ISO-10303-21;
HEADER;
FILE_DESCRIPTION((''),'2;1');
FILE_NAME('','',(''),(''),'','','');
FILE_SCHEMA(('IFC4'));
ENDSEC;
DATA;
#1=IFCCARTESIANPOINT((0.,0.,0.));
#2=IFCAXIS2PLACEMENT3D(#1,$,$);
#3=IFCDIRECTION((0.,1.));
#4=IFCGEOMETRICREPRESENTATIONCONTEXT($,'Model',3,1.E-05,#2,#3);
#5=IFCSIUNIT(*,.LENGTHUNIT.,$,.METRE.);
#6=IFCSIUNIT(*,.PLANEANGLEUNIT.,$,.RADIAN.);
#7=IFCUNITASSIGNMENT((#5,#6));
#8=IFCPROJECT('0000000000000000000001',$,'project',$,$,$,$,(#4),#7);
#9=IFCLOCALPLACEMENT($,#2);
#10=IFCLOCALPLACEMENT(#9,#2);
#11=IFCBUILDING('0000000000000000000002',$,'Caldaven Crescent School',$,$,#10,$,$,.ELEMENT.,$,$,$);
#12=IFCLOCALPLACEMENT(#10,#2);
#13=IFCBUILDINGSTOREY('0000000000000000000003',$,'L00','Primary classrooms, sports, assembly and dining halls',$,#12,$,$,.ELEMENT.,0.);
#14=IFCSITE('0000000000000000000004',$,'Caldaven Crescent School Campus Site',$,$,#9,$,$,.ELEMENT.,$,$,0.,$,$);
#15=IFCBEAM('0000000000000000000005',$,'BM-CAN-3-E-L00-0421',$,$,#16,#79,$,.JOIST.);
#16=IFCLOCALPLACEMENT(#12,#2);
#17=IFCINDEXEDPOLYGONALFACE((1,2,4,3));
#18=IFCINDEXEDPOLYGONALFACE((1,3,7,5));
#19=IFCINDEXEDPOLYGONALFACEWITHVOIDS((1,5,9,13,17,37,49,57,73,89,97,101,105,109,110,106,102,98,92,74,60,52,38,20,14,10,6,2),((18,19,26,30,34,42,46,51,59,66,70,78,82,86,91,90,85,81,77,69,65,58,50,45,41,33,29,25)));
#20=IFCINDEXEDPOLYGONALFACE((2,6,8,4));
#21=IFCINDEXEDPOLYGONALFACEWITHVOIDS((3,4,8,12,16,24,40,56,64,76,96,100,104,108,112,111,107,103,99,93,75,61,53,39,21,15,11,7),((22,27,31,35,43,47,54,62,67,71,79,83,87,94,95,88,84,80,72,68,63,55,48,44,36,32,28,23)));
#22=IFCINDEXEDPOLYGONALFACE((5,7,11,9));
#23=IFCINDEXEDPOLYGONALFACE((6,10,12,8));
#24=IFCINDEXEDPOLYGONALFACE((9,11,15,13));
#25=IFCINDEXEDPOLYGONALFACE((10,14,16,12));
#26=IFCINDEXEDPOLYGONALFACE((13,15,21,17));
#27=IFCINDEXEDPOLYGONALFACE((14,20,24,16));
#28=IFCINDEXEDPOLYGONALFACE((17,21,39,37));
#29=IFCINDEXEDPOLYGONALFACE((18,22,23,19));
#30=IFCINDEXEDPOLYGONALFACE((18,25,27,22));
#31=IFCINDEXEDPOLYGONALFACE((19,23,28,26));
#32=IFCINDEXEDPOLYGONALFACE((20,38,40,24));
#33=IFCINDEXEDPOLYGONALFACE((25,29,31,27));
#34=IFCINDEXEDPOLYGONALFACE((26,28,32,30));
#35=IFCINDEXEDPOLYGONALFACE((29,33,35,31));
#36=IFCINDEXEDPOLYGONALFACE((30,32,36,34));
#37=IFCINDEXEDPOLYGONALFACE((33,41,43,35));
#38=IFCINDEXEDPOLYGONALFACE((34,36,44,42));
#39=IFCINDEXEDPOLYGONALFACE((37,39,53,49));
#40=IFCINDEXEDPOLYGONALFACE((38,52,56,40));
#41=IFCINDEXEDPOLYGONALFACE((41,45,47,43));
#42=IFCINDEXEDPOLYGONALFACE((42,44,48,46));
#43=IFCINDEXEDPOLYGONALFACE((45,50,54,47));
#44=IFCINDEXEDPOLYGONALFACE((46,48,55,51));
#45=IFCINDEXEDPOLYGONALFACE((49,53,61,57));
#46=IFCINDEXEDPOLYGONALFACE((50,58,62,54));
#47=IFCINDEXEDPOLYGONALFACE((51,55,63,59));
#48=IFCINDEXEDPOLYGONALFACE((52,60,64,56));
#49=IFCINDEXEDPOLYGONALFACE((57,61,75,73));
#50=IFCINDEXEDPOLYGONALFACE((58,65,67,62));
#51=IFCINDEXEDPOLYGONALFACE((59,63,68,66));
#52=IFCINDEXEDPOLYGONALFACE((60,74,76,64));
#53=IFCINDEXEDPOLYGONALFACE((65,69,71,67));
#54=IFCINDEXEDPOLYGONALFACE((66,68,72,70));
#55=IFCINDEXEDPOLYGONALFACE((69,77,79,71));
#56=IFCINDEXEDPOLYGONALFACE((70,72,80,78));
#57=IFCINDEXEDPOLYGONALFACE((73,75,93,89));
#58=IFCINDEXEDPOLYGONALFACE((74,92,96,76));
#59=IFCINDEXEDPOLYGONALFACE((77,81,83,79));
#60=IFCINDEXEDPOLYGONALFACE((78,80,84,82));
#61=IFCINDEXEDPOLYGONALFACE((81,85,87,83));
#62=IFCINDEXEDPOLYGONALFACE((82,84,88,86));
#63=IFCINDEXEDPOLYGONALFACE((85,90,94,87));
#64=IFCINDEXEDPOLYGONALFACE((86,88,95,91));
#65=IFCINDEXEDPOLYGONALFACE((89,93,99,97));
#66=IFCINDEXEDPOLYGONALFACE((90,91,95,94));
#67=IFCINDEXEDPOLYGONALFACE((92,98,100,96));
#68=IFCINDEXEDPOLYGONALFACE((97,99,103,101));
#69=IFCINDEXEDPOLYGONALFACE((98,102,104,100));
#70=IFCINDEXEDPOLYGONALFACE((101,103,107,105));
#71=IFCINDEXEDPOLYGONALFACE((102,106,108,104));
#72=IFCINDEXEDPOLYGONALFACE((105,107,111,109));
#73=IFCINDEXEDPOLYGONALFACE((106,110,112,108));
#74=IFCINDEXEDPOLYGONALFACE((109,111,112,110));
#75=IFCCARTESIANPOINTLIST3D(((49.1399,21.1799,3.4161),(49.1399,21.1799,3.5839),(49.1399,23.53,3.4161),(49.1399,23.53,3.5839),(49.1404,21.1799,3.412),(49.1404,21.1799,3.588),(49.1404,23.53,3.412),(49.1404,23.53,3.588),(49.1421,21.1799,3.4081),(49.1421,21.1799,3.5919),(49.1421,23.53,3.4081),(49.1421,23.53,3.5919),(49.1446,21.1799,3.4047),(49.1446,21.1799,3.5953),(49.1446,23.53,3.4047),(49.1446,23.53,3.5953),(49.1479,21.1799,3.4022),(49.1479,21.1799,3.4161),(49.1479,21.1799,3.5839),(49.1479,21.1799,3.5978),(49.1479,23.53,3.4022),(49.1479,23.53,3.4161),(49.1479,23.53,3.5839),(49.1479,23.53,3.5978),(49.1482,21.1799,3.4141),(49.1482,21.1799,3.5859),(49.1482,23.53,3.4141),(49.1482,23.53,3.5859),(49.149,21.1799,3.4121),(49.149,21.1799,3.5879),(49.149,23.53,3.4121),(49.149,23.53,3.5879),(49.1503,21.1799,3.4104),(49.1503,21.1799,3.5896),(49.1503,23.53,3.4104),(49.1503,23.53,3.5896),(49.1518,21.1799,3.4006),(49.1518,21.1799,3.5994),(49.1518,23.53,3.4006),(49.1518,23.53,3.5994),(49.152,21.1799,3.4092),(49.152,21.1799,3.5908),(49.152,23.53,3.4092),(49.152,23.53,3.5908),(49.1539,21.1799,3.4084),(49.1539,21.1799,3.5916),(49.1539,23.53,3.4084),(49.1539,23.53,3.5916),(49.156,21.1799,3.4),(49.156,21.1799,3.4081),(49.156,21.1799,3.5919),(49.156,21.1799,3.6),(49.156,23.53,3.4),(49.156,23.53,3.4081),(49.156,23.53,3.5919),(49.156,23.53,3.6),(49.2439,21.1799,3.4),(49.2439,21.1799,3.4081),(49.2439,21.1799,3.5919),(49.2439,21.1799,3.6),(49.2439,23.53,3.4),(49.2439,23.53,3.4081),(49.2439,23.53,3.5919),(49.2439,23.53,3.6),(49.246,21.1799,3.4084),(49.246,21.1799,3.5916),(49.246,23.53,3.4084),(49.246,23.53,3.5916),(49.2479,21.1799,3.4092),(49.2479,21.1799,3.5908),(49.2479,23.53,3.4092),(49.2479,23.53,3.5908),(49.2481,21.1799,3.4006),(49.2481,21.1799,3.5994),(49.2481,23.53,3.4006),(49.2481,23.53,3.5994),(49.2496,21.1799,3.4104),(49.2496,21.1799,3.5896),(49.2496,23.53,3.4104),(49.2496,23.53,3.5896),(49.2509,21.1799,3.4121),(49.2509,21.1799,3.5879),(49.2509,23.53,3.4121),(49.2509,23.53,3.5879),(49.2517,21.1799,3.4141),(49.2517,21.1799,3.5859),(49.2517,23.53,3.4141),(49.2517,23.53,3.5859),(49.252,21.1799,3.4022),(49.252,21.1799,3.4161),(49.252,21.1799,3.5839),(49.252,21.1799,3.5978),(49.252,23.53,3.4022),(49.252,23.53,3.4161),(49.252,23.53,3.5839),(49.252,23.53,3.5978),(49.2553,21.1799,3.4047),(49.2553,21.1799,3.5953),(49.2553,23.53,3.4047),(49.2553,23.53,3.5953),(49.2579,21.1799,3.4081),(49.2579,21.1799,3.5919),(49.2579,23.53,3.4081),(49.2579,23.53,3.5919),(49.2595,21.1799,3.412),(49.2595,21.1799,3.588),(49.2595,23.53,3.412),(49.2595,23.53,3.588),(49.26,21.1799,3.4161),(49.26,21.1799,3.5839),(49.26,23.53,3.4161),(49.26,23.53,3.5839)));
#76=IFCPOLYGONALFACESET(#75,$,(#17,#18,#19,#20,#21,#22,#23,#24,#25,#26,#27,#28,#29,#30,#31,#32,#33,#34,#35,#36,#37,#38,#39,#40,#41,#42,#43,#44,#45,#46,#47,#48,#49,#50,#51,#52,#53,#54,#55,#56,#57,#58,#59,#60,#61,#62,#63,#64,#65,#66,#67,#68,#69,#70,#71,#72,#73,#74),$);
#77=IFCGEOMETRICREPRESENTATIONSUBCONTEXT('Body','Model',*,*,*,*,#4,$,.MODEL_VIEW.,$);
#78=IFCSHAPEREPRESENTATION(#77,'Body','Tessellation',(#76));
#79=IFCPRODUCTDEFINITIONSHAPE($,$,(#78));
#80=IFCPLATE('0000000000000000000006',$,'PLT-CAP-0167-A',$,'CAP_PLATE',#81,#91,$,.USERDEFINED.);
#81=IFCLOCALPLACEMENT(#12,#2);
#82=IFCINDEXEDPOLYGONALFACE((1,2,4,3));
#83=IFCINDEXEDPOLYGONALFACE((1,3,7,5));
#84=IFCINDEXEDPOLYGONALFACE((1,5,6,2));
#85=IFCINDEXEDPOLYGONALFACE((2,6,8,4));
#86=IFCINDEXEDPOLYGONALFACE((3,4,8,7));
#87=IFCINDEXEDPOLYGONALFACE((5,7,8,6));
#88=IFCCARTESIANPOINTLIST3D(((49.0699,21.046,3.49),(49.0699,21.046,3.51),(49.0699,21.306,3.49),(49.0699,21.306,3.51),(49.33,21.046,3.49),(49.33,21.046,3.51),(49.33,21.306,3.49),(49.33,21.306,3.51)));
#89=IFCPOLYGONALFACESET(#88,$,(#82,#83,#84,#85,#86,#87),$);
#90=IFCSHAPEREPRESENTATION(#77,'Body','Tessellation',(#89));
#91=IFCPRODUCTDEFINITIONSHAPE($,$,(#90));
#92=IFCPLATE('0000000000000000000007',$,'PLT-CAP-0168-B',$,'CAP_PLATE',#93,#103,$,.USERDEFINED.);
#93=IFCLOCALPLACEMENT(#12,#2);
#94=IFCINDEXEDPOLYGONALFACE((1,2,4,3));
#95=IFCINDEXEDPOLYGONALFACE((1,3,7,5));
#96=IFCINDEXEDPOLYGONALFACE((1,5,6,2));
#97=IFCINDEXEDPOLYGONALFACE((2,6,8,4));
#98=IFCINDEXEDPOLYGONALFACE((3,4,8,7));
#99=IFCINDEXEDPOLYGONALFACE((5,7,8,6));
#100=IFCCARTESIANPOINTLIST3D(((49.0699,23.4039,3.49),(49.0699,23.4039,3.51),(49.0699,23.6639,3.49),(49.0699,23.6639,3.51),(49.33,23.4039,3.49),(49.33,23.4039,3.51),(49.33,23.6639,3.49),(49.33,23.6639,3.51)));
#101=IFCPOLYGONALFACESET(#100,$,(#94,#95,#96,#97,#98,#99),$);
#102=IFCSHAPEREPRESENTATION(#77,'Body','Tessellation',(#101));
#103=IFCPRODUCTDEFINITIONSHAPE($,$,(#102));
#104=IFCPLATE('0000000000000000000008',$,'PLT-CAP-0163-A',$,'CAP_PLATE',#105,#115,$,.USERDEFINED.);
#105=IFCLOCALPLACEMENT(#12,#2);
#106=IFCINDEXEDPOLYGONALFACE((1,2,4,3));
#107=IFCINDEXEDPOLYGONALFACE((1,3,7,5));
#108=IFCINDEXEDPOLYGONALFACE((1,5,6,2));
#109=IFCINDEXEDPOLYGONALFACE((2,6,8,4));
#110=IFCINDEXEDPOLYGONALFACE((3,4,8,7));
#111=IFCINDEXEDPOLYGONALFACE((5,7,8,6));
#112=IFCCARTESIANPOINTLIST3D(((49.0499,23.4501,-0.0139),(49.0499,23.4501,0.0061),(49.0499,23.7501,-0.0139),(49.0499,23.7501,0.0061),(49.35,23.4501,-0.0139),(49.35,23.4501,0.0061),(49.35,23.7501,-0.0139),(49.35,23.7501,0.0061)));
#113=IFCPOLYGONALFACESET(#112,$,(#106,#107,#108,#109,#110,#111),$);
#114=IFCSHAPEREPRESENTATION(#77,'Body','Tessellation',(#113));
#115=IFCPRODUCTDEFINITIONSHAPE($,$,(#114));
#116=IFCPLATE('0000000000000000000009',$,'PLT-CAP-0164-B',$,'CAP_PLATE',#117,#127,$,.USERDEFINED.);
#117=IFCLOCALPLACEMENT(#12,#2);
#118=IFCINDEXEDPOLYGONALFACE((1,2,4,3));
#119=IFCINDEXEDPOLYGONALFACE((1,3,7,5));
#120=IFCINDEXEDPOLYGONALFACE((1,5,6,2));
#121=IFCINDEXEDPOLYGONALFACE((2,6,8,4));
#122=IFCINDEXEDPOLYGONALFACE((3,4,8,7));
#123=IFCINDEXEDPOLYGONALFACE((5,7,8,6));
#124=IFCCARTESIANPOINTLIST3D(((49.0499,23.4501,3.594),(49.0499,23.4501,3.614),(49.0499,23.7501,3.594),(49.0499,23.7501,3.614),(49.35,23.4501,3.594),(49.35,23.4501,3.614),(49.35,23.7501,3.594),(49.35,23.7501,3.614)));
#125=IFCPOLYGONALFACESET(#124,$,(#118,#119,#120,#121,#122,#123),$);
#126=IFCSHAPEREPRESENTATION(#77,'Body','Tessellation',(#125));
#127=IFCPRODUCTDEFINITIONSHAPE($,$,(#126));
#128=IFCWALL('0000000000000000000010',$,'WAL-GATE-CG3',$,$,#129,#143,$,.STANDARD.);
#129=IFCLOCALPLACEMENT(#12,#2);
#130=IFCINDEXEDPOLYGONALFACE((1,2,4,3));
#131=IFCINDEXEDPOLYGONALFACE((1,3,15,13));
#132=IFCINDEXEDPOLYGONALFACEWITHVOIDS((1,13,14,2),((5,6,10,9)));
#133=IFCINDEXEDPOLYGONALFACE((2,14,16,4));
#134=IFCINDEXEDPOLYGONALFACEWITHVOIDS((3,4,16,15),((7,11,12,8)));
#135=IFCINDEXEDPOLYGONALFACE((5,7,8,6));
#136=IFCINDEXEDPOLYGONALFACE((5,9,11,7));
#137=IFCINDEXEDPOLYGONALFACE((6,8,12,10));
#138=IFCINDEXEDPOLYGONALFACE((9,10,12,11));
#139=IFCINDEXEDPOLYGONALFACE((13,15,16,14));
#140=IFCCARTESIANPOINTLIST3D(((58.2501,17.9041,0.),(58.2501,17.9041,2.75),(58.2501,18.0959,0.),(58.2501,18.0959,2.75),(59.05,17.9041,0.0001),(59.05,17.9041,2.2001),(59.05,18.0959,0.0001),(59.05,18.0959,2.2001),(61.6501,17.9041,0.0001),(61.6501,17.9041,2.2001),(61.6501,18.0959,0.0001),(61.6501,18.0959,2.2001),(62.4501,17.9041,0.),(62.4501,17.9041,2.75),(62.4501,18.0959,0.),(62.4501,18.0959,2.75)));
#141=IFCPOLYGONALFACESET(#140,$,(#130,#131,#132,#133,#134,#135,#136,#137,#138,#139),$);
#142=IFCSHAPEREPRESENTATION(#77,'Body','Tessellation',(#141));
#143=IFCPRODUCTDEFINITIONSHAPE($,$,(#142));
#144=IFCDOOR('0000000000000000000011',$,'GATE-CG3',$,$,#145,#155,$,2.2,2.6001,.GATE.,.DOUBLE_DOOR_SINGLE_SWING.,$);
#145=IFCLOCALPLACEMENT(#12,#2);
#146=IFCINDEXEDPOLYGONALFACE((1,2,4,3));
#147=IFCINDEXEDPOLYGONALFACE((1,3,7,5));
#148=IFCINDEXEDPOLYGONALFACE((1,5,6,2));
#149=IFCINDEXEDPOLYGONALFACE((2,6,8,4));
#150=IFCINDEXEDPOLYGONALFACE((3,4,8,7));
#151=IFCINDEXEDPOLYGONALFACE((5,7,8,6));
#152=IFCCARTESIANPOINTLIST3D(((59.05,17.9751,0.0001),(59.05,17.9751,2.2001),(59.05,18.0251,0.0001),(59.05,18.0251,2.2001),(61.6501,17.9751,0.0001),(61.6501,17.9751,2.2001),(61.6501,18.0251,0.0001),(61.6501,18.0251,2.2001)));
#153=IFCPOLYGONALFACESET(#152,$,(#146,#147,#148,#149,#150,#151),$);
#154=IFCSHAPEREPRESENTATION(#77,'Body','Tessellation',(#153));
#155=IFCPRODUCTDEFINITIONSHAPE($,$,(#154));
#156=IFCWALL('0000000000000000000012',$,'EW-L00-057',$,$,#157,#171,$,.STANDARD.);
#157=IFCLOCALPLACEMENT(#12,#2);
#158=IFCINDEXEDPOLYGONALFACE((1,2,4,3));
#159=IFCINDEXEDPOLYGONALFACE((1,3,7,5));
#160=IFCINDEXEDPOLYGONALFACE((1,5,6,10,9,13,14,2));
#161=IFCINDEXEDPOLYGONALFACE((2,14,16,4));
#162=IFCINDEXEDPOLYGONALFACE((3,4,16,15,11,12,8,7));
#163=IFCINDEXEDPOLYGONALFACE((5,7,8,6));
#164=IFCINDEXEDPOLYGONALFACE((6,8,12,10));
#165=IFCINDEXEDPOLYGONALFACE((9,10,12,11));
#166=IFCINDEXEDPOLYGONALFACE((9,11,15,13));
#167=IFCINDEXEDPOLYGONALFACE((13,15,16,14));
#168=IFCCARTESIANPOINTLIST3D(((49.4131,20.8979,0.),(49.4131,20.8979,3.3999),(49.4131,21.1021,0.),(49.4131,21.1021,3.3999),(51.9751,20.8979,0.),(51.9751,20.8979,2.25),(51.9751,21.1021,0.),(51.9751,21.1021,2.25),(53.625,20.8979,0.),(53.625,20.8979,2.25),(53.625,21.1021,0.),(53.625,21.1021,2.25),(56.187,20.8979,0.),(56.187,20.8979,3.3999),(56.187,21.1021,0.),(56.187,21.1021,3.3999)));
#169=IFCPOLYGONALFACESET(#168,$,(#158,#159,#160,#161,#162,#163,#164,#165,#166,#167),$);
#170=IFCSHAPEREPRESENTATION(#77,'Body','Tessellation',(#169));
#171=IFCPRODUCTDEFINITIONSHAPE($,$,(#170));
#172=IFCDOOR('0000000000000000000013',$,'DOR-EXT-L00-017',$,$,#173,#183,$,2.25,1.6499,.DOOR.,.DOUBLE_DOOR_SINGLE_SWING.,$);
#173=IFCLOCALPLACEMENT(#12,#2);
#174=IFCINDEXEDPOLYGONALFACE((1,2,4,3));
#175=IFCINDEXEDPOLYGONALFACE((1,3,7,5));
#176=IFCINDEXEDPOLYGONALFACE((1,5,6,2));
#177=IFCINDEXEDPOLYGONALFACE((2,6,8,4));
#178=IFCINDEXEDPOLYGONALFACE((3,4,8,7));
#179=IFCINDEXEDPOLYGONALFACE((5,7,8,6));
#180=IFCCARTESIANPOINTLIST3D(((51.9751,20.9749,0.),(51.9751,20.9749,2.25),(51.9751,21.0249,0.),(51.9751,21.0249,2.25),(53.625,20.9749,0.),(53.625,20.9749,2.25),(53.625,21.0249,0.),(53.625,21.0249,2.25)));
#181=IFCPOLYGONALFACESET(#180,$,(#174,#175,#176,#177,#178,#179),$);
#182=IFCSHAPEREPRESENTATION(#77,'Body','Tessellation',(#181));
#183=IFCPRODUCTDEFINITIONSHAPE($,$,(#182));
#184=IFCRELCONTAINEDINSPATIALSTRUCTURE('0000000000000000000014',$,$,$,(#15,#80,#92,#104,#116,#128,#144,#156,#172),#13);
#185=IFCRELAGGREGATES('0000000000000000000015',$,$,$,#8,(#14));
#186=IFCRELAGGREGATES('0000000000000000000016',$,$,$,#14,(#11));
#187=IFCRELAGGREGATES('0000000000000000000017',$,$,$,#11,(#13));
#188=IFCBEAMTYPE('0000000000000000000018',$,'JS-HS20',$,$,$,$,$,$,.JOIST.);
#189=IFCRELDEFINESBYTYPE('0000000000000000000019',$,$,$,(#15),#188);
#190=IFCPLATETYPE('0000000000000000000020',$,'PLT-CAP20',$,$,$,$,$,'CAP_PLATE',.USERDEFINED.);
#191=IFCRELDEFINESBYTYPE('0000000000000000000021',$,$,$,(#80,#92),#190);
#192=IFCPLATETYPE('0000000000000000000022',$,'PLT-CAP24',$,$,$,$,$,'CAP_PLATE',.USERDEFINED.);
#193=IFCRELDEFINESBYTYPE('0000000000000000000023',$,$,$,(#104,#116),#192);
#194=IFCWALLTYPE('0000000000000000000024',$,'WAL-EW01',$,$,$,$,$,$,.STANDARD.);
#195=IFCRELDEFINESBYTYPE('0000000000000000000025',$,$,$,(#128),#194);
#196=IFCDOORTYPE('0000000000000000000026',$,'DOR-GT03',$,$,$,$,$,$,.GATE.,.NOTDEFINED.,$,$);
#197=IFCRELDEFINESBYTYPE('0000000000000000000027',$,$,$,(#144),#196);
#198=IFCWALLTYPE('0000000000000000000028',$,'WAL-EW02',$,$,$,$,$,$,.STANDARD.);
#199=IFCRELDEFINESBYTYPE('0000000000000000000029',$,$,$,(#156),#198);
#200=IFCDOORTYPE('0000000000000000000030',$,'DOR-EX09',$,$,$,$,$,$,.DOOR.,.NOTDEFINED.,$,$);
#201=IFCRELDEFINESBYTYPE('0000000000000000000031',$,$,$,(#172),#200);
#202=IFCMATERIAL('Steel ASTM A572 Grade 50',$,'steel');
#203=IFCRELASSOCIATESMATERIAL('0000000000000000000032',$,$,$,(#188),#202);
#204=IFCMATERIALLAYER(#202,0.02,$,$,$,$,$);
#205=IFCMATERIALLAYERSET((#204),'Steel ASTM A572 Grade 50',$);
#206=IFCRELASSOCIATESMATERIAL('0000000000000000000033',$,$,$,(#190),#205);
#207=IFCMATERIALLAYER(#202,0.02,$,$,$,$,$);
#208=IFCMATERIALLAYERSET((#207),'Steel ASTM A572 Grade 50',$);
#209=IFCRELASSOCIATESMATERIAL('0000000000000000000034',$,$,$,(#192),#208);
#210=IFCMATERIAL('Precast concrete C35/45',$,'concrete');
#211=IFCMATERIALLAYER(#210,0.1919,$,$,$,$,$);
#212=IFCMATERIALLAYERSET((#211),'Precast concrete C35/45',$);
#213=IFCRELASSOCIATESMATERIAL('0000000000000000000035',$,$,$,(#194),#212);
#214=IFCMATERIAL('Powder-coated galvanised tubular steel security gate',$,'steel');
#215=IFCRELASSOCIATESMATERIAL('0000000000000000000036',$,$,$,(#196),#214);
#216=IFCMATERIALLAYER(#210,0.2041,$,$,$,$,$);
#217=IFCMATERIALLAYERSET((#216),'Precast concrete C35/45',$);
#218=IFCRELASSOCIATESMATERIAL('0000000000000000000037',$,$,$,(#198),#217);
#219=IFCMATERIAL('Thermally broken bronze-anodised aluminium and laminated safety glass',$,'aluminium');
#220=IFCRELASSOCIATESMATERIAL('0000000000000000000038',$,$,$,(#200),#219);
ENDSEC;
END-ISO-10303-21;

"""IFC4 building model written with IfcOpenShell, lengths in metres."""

from ifc_helpers import new_model, si_unit, direction, frame, frame_2d, origin, origin_2d, place, context, subcontext, project, spatial, rectangle, hollow_rectangle, extrude, material, layer, layer_set, material_profile, profile_set, type_object, element, fill, save


model = new_model("IFC4")

# Units and contexts
model_context = context("Model", 3, precision=1e-05, world=origin(), true_north=direction((0.0, 1.0)))
body_context = subcontext(model_context, "Body", "Model", "MODEL_VIEW")
ifc_project = project(units=[si_unit("LENGTHUNIT", "METRE"), si_unit("PLANEANGLEUNIT", "RADIAN")], contexts=[model_context])

# Site, building, storey
site_placement = place(None, origin())
site = spatial("IfcSite", under=ifc_project, at=site_placement, Name="Caldaven Crescent School Campus Site", CompositionType="ELEMENT", RefElevation=0.0)
building_placement = place(site_placement, origin())
building = spatial("IfcBuilding", under=site, at=building_placement, Name="Caldaven Crescent School", CompositionType="ELEMENT")
storey_placement = place(building_placement, origin())
storey = spatial("IfcBuildingStorey", under=building, at=storey_placement, Name="L00", Description="Primary classrooms, sports, assembly and dining halls", CompositionType="ELEMENT", Elevation=0.0)

# Shared definitions
ifc_material_1 = material(Name="Steel ASTM A572 Grade 50", Category="steel")

# Beam
ifc_material_profile_1 = material_profile(ifc_material_1, hollow_rectangle(XDim=0.1201, YDim=0.2, WallThickness=0.0081, InnerFilletRadius=0.0081, OuterFilletRadius=0.0161, at=origin_2d()), Name="HSS 120x200x8")
ifc_profile_set_1 = profile_set([ifc_material_profile_1], Name="Steel ASTM A572 Grade 50")
beam_type_1 = type_object("IfcBeamType", Name="JS-HS20", PredefinedType="JOIST", material=ifc_profile_set_1)
beam_1_placement = place(storey_placement, frame((49.2, 21.1799, 3.5), z_axis=(0.0, 1.0, 0.0), x_axis=(-1.0, 0.0, 0.0)))
element("IfcBeam", 1, at=beam_1_placement, inside=storey, type_object=beam_type_1, Name="BM-CAN-3-E-L00-0421", PredefinedType="JOIST", context=body_context, shape_type="SweptSolid", body=[
    extrude(hollow_rectangle(XDim=0.1201, YDim=0.2, WallThickness=0.0081, InnerFilletRadius=0.0081, OuterFilletRadius=0.0161, at=origin_2d()), origin(), (0.0, 0.0, 1.0), 2.3501),
])

# Plates
ifc_layer_1 = layer(ifc_material_1, 0.02)
ifc_layer_set_1 = layer_set([ifc_layer_1], Name="Steel ASTM A572 Grade 50")
plate_type_1 = type_object("IfcPlateType", Name="PLT-CAP20", ElementType="CAP_PLATE", PredefinedType="USERDEFINED", material=ifc_layer_set_1)
for number, where, z_axis, x_axis, name in (
    (2, (49.2, 21.176, 3.49), (0.0, 0.0, 1.0), (0.0, 1.0, 0.0), "PLT-CAP-0167-A"),
    (3, (49.2, 23.5339, 3.49), (0.0, 0.0, 1.0), (0.0, 1.0, 0.0), "PLT-CAP-0168-B"),
):
    element("IfcPlate", number, at=place(storey_placement, frame(where, z_axis=z_axis, x_axis=x_axis)), inside=storey, type_object=plate_type_1, Name=name, ObjectType="CAP_PLATE", PredefinedType="USERDEFINED", context=body_context, shape_type="SweptSolid", body=[
        extrude(rectangle(XDim=0.26, YDim=0.26, at=origin_2d()), origin(), (0.0, 0.0, 1.0), 0.02),
    ])
ifc_layer_2 = layer(ifc_material_1, 0.02)
ifc_layer_set_2 = layer_set([ifc_layer_2], Name="Steel ASTM A572 Grade 50")
plate_type_2 = type_object("IfcPlateType", Name="PLT-CAP24", ElementType="CAP_PLATE", PredefinedType="USERDEFINED", material=ifc_layer_set_2)
for number, where, z_axis, x_axis, name in (
    (4, (49.2, 23.6001, -0.0139), (0.0, 0.0, 1.0), (1.0, 0.0, 0.0), "PLT-CAP-0163-A"),
    (5, (49.2, 23.6001, 3.594), (0.0, 0.0, 1.0), (1.0, 0.0, 0.0), "PLT-CAP-0164-B"),
):
    element("IfcPlate", number, at=place(storey_placement, frame(where, z_axis=z_axis, x_axis=x_axis)), inside=storey, type_object=plate_type_2, Name=name, ObjectType="CAP_PLATE", PredefinedType="USERDEFINED", context=body_context, shape_type="SweptSolid", body=[
        extrude(rectangle(XDim=0.3, YDim=0.3, at=origin_2d()), origin(), (0.0, 0.0, 1.0), 0.02),
    ])

# Walls, openings, doors
ifc_material_2 = material(Name="Precast concrete C35/45", Category="concrete")
ifc_layer_3 = layer(ifc_material_2, 0.1919)
ifc_layer_set_3 = layer_set([ifc_layer_3], Name="Precast concrete C35/45")
wall_type_1 = type_object("IfcWallType", Name="WAL-EW01", PredefinedType="STANDARD", material=ifc_layer_set_3)
wall_1_placement = place(storey_placement, frame((58.25, 18.0, 0.0), z_axis=(0.0, 0.0, 1.0), x_axis=(1.0, 0.0, 0.0)))
wall_1 = element("IfcWall", 6, at=wall_1_placement, inside=storey, type_object=wall_type_1, Name="WAL-GATE-CG3", PredefinedType="STANDARD", context=body_context, shape_type="SweptSolid", body=[
    extrude(rectangle(XDim=4.2, YDim=0.1919, at=frame_2d((2.1001, 0.0))), origin(), (0.0, 0.0, 1.0), 2.75),
])
opening_1_placement = place(wall_1_placement, frame((0.8, 0.0, 0.0)))
opening_1 = element("IfcOpeningElement", 7, at=opening_1_placement, cuts=wall_1, PredefinedType="OPENING", context=body_context, shape_type="SweptSolid", body=[
    extrude(rectangle(XDim=2.6001, YDim=2.2, at=frame_2d((1.3, 1.1001))), frame((0.0, 0.106, 0.0), z_axis=(0.0, -1.0, 0.0), x_axis=(1.0, 0.0, 0.0)), (0.0, 0.0, 1.0), 0.2119),
])
ifc_material_3 = material(Name="Powder-coated galvanised tubular steel security gate", Category="steel")
door_type_1 = type_object("IfcDoorType", Name="DOR-GT03", OperationType="NOTDEFINED", PredefinedType="GATE", material=ifc_material_3)
door_1_placement = place(opening_1_placement, frame((2.6001, 0.0, 0.0), z_axis=(0.0, 0.0, 1.0), x_axis=(-1.0, 0.0, 0.0)))
door_1 = element("IfcDoor", 8, at=door_1_placement, inside=storey, type_object=door_type_1, Name="GATE-CG3", OperationType="DOUBLE_DOOR_SINGLE_SWING", OverallHeight=2.2, OverallWidth=2.6001, PredefinedType="GATE", context=body_context, shape_type="SweptSolid", body=[
    extrude(rectangle(XDim=2.6001, YDim=2.2, at=frame_2d((1.3, 1.1001))), frame((0.0, 0.0249, 0.0), z_axis=(0.0, -1.0, 0.0), x_axis=(1.0, 0.0, 0.0)), (0.0, 0.0, 1.0), 0.05),
])
fill(opening_1, door_1)
ifc_layer_4 = layer(ifc_material_2, 0.2041)
ifc_layer_set_4 = layer_set([ifc_layer_4], Name="Precast concrete C35/45")
wall_type_2 = type_object("IfcWallType", Name="WAL-EW02", PredefinedType="STANDARD", material=ifc_layer_set_4)
wall_2_placement = place(storey_placement, frame((49.4131, 21.0, 0.0), z_axis=(0.0, 0.0, 1.0), x_axis=(1.0, 0.0, 0.0)))
wall_2 = element("IfcWall", 9, at=wall_2_placement, inside=storey, type_object=wall_type_2, Name="EW-L00-057", PredefinedType="STANDARD", context=body_context, shape_type="SweptSolid", body=[
    extrude(rectangle(XDim=6.7739, YDim=0.2041, at=frame_2d((3.387, 0.0))), origin(), (0.0, 0.0, 1.0), 3.3999),
])
opening_2_placement = place(wall_2_placement, frame((2.562, 0.0, 0.0)))
opening_2 = element("IfcOpeningElement", 10, at=opening_2_placement, cuts=wall_2, PredefinedType="OPENING", context=body_context, shape_type="SweptSolid", body=[
    extrude(rectangle(XDim=1.6499, YDim=2.25, at=frame_2d((0.825, 1.125))), frame((0.0, 0.1121, 0.0), z_axis=(0.0, -1.0, 0.0), x_axis=(1.0, 0.0, 0.0)), (0.0, 0.0, 1.0), 0.2241),
])
ifc_material_4 = material(Name="Thermally broken bronze-anodised aluminium and laminated safety glass", Category="aluminium")
door_type_2 = type_object("IfcDoorType", Name="DOR-EX09", OperationType="NOTDEFINED", PredefinedType="DOOR", material=ifc_material_4)
door_2_placement = place(opening_2_placement, origin())
door_2 = element("IfcDoor", 11, at=door_2_placement, inside=storey, type_object=door_type_2, Name="DOR-EXT-L00-017", OperationType="DOUBLE_DOOR_SINGLE_SWING", OverallHeight=2.25, OverallWidth=1.6499, PredefinedType="DOOR", context=body_context, shape_type="SweptSolid", body=[
    extrude(rectangle(XDim=1.6499, YDim=2.25, at=frame_2d((0.825, 1.125))), frame((0.0, 0.0249, 0.0), z_axis=(0.0, -1.0, 0.0), x_axis=(1.0, 0.0, 0.0)), (0.0, 0.0, 1.0), 0.05),
])
fill(opening_2, door_2)

save(model, "model.ifc")
